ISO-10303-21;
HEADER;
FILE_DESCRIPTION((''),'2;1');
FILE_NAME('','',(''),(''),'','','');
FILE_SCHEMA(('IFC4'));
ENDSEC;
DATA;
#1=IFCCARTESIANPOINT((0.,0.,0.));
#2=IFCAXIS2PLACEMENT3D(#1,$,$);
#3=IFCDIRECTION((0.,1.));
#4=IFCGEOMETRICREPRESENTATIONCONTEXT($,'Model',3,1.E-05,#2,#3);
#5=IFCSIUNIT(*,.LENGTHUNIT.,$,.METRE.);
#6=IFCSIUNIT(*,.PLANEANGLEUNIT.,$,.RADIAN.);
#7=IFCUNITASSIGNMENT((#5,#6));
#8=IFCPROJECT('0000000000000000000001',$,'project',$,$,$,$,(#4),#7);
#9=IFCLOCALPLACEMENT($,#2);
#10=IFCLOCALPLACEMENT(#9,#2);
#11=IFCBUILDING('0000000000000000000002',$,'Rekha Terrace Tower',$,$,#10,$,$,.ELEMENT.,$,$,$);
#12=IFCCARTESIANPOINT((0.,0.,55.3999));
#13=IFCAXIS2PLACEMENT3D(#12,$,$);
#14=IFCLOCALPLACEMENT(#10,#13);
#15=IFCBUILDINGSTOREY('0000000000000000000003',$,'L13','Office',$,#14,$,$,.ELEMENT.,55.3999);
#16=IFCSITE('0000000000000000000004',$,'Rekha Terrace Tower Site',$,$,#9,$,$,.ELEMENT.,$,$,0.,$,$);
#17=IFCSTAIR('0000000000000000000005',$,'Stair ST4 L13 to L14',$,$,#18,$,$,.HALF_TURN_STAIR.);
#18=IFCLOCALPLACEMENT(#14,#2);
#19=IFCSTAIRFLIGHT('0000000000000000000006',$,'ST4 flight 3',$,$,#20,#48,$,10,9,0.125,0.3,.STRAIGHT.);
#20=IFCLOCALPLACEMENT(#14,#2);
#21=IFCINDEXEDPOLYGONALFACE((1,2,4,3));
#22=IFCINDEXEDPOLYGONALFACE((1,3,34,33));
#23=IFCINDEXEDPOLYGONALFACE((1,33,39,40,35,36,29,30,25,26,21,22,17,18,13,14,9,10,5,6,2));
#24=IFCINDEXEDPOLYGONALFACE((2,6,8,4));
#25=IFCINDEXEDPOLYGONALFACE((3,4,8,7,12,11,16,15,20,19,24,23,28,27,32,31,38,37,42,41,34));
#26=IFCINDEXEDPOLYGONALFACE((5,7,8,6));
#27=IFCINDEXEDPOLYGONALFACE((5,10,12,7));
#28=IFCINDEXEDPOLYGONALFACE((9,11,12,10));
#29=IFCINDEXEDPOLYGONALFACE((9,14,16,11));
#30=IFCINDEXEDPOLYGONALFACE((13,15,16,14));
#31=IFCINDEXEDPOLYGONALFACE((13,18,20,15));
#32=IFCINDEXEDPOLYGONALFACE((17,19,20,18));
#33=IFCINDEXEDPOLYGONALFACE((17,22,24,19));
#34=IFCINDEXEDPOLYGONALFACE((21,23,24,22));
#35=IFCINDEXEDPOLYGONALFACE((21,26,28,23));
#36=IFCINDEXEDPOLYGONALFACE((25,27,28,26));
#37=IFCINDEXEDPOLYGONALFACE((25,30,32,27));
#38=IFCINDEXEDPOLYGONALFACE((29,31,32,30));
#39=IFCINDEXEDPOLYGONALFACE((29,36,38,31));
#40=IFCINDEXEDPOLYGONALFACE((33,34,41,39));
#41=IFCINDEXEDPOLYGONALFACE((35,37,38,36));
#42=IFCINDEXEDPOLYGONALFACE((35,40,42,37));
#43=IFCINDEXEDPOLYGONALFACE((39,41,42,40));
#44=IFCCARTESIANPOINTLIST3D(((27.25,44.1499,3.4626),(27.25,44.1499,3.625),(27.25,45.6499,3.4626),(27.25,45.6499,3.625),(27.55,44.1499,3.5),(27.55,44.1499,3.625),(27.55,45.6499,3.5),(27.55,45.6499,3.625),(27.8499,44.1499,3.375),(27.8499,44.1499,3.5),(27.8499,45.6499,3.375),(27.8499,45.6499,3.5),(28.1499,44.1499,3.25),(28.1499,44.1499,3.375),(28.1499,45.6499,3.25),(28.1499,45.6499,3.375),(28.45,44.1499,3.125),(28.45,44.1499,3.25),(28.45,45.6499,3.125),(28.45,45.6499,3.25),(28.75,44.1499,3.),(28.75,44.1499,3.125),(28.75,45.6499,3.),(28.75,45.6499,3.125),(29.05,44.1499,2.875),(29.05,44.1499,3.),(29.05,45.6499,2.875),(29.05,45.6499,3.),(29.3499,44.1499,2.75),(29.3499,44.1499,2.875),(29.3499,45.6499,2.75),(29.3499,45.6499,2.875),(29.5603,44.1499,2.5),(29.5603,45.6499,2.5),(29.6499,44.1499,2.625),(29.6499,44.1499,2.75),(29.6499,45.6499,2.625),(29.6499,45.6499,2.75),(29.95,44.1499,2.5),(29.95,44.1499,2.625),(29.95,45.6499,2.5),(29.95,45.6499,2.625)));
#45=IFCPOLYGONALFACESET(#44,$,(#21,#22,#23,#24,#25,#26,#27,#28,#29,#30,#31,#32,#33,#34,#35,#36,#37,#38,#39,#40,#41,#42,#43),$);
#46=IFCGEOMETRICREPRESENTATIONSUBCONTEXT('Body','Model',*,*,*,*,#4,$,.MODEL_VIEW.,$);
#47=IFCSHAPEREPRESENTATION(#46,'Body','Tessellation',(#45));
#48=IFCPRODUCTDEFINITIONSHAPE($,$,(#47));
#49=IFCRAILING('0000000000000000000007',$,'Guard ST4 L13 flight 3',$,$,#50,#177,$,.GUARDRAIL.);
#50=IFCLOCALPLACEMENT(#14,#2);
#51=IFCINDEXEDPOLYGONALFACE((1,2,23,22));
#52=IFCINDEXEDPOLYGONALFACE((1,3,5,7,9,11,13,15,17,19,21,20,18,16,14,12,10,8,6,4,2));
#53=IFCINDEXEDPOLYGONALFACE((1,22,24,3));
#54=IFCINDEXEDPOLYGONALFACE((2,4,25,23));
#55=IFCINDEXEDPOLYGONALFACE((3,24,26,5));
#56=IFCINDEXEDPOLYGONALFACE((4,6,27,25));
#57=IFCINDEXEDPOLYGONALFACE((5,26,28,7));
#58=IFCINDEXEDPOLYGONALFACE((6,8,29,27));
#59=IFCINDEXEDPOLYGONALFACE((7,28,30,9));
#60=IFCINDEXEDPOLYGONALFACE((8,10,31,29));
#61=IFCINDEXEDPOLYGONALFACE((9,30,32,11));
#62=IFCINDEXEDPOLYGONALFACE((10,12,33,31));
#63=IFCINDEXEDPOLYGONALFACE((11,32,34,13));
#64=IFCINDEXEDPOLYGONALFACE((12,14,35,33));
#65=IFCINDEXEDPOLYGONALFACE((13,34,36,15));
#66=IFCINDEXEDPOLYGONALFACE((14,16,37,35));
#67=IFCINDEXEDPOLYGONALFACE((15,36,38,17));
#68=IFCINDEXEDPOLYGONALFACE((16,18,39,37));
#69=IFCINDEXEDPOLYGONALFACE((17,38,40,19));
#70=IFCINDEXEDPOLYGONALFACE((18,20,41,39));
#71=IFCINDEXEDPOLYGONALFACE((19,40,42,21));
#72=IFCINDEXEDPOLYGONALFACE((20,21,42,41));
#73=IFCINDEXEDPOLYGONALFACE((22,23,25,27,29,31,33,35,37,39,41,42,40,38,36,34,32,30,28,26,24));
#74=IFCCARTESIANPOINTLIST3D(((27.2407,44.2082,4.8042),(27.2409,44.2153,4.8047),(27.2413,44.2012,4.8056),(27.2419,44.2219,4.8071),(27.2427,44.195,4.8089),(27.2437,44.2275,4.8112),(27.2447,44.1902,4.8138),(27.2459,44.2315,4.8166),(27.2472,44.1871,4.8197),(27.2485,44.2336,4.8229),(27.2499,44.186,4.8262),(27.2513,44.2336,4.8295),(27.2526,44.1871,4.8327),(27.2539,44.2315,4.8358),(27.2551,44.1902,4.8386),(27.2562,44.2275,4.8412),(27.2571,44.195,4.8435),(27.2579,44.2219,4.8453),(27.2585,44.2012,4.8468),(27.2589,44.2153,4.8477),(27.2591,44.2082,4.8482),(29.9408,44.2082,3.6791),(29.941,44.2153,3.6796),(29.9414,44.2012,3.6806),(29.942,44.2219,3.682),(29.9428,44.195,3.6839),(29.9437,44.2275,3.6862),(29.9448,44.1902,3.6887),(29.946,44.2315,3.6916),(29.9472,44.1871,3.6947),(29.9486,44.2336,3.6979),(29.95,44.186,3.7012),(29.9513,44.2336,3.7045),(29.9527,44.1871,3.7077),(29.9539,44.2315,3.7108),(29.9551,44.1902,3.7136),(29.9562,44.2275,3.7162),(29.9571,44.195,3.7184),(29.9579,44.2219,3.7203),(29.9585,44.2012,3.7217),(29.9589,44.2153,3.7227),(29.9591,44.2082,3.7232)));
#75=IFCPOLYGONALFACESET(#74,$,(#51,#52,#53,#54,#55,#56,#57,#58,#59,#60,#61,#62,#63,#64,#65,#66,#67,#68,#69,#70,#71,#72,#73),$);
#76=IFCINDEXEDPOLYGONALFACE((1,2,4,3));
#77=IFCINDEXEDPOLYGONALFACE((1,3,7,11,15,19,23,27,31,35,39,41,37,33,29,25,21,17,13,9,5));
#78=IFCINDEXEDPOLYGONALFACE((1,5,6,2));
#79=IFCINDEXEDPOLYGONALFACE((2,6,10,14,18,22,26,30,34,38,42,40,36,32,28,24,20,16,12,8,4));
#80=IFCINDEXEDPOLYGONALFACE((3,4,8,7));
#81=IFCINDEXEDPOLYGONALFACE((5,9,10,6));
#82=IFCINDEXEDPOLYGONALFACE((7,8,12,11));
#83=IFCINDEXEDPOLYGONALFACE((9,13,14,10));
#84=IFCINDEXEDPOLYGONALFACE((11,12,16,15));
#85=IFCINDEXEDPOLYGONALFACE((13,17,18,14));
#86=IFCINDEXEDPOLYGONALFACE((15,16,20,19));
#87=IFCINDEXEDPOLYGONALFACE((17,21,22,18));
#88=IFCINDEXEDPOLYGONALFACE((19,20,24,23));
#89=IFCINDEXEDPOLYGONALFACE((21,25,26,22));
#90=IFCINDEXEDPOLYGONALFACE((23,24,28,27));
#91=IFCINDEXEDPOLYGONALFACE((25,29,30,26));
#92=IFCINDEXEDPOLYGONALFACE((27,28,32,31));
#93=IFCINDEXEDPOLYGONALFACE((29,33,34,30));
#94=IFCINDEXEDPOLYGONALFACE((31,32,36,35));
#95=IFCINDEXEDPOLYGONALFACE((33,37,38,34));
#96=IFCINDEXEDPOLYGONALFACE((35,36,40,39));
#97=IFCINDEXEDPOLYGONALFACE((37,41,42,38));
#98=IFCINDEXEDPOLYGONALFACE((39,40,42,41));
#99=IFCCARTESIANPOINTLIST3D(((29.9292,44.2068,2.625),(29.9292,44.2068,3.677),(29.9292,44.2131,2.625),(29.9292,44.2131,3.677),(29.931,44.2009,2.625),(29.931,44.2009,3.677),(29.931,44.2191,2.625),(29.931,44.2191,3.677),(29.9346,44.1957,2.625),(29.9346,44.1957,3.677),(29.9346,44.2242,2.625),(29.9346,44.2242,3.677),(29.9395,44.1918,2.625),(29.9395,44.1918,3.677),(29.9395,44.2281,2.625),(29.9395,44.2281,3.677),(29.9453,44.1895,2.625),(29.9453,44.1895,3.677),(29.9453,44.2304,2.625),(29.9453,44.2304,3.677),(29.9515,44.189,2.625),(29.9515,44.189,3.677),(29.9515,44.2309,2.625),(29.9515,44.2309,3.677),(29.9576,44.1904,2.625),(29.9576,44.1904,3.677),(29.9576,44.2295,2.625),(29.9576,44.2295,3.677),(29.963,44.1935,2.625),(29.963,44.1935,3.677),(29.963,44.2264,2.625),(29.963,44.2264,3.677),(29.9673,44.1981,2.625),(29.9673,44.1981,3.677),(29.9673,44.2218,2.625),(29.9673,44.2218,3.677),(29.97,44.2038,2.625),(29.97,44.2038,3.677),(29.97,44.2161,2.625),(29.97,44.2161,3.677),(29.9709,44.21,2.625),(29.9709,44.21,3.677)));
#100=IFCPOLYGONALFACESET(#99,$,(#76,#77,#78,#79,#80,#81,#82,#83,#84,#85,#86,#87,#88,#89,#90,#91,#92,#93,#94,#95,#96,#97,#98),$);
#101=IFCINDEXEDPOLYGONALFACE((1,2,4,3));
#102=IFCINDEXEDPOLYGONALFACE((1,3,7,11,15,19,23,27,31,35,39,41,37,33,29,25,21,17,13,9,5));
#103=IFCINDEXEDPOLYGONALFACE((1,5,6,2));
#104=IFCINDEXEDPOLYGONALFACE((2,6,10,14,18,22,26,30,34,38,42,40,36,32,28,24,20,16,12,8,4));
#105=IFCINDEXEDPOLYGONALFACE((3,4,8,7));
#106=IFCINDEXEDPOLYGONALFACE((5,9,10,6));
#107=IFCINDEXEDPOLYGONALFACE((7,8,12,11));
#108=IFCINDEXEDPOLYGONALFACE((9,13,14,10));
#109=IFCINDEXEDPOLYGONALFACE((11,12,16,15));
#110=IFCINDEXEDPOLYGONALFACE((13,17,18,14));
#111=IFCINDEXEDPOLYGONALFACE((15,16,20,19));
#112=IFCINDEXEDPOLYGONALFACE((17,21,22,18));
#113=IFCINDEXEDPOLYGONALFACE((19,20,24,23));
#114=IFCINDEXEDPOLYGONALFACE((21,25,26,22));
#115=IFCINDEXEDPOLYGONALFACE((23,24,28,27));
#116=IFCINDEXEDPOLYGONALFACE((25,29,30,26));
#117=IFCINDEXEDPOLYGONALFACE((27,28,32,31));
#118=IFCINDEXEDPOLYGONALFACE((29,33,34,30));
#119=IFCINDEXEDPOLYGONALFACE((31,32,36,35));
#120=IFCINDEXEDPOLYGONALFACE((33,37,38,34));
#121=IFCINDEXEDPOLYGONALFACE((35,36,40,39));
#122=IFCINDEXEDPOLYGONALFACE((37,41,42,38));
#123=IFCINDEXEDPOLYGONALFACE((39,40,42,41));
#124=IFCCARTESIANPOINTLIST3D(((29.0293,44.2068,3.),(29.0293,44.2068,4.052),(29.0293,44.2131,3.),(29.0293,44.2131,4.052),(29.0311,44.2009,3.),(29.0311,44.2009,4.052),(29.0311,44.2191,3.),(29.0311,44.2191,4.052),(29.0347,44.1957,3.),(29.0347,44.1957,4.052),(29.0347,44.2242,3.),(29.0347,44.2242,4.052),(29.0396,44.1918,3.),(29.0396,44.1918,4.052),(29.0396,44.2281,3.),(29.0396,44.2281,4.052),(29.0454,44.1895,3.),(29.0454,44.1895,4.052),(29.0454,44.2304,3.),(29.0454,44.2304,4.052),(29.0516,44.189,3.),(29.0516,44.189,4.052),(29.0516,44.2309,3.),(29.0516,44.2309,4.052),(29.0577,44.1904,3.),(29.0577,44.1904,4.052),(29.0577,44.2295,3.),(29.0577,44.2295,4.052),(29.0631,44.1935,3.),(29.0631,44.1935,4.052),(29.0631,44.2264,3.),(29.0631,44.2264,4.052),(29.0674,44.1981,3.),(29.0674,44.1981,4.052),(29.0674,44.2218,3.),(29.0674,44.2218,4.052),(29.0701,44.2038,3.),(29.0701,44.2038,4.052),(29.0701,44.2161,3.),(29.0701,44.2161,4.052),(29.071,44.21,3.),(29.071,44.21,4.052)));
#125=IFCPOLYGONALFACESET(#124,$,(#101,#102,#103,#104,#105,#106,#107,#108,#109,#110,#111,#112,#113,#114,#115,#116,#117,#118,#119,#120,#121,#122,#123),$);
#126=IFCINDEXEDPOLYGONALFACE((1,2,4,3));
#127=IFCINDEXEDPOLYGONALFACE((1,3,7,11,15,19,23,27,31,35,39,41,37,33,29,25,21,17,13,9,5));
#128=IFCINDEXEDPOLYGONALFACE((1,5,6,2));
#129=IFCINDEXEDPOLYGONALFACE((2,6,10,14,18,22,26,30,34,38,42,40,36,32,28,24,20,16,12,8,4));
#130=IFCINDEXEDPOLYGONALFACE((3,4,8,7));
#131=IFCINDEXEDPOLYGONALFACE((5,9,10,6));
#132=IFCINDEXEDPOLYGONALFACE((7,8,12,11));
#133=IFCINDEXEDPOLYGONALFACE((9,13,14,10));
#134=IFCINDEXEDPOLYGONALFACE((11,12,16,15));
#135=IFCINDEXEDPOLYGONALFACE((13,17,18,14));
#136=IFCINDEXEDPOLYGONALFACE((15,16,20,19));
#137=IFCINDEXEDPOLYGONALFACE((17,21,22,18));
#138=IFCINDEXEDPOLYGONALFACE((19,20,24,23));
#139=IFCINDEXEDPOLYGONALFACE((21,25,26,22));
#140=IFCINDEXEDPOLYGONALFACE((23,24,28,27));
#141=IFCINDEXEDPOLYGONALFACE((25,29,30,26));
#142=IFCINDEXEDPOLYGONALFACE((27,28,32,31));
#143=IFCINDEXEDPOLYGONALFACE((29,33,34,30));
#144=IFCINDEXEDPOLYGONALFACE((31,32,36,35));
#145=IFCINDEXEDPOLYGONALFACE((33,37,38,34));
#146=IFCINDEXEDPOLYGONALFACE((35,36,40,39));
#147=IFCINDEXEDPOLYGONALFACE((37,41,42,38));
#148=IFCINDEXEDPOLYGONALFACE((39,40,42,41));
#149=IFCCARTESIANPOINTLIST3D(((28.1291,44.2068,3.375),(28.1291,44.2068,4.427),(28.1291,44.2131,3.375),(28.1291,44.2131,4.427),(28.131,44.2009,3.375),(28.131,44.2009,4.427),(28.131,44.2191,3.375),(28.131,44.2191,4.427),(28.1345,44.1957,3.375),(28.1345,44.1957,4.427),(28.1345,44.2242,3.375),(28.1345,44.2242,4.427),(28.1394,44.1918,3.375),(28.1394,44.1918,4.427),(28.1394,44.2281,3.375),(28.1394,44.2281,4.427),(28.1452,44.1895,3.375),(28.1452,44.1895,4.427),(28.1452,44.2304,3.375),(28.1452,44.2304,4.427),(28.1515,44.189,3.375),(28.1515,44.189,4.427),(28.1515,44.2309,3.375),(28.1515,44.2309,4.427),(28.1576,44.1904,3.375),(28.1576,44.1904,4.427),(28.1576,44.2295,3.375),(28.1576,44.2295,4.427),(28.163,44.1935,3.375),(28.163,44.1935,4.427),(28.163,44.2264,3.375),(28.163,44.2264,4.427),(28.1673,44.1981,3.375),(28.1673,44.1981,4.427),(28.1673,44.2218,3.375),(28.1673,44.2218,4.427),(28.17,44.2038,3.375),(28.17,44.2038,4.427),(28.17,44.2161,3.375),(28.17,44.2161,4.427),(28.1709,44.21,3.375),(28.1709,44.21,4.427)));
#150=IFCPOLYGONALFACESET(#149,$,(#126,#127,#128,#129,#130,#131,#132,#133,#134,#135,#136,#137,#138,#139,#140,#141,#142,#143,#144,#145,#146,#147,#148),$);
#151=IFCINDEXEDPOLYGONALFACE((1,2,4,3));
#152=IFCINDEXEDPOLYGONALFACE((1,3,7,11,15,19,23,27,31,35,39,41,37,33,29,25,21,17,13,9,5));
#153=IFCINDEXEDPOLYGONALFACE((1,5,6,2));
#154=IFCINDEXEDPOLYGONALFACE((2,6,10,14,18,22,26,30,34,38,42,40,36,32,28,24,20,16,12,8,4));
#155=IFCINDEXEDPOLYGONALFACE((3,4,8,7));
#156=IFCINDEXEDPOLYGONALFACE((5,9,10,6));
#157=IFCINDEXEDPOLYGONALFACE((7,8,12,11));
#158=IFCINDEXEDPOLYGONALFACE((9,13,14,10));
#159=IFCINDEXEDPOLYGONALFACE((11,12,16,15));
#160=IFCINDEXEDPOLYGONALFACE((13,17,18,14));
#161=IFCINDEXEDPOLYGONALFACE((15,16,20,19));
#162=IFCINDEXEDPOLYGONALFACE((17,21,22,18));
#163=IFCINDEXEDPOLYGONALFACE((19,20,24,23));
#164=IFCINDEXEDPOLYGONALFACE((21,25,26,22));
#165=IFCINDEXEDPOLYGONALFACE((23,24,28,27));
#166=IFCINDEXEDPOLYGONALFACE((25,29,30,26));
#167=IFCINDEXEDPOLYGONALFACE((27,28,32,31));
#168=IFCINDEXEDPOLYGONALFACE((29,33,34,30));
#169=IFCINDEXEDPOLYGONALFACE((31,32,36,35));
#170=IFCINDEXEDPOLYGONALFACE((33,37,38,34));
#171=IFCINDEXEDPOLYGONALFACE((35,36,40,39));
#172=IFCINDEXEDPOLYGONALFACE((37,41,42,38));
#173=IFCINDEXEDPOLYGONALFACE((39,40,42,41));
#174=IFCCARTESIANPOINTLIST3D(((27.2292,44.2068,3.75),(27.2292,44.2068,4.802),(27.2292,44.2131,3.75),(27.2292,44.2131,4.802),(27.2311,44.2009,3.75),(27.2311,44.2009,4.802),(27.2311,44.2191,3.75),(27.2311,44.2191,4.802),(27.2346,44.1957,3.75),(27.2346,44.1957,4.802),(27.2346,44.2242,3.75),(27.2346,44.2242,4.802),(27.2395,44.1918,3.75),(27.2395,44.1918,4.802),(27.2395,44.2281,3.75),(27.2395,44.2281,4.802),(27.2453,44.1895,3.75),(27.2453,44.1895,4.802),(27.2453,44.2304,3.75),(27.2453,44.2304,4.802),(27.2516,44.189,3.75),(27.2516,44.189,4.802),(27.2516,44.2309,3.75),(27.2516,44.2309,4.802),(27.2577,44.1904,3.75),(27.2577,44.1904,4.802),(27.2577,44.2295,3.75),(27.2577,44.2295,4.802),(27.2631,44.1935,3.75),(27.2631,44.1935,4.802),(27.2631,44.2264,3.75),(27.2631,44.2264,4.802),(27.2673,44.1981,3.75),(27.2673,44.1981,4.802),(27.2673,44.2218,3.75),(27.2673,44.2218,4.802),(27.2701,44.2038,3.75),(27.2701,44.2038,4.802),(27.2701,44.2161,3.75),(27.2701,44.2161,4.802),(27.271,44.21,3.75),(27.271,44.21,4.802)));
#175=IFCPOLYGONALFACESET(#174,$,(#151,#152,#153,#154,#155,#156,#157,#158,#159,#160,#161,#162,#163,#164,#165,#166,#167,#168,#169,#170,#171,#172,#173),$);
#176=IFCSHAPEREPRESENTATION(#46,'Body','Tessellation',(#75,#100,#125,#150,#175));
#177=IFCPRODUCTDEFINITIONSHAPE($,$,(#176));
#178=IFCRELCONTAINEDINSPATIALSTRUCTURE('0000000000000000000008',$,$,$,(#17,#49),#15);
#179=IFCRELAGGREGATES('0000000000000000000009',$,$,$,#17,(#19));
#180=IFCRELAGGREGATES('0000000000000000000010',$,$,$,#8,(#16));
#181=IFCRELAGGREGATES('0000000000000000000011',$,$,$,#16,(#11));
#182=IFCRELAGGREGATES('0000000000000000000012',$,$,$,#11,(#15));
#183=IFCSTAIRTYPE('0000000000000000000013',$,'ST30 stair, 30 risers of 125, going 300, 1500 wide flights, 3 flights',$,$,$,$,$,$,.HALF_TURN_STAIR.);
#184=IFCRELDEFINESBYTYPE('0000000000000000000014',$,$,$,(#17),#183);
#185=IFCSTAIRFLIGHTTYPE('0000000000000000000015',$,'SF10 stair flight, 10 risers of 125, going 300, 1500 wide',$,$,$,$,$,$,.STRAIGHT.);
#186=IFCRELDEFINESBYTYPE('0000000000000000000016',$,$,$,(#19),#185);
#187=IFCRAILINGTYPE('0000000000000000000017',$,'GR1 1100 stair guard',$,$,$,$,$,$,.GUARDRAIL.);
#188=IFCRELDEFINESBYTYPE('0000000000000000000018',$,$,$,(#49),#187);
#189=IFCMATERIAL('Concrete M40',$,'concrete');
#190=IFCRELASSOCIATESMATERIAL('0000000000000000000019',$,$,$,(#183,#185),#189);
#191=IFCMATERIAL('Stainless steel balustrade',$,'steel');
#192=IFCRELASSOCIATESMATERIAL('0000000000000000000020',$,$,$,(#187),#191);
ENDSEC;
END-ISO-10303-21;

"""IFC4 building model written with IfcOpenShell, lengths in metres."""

from ifc_helpers import new_model, si_unit, direction, frame, origin, origin_2d, place, context, subcontext, project, spatial, polyline, circle, outline, extrude, material, type_object, element, aggregate, save


model = new_model("IFC4")

# Units and contexts
model_context = context("Model", 3, precision=1e-05, world=origin(), true_north=direction((0.0, 1.0)))
body_context = subcontext(model_context, "Body", "Model", "MODEL_VIEW")
ifc_project = project(units=[si_unit("LENGTHUNIT", "METRE"), si_unit("PLANEANGLEUNIT", "RADIAN")], contexts=[model_context])

# Site, building, storey
site_placement = place(None, origin())
site = spatial("IfcSite", under=ifc_project, at=site_placement, Name="Rekha Terrace Tower Site", CompositionType="ELEMENT", RefElevation=0.0)
building_placement = place(site_placement, origin())
building = spatial("IfcBuilding", under=site, at=building_placement, Name="Rekha Terrace Tower", CompositionType="ELEMENT")
storey_placement = place(building_placement, frame((0.0, 0.0, 55.3999)))
storey = spatial("IfcBuildingStorey", under=building, at=storey_placement, Name="L13", Description="Office", CompositionType="ELEMENT", Elevation=55.3999)

# Stair, stair flight
ifc_material_1 = material(Name="Concrete M40", Category="concrete")
stair_type = type_object("IfcStairType", Name="ST30 stair, 30 risers of 125, going 300, 1500 wide flights, 3 flights", PredefinedType="HALF_TURN_STAIR", material=ifc_material_1)
stair_placement = place(storey_placement, origin())
stair = element("IfcStair", 1, at=stair_placement, inside=storey, type_object=stair_type, Name="Stair ST4 L13 to L14", PredefinedType="HALF_TURN_STAIR")
stair_flight_type = type_object("IfcStairFlightType", Name="SF10 stair flight, 10 risers of 125, going 300, 1500 wide", PredefinedType="STRAIGHT", material=ifc_material_1)
stair_flight_placement = place(storey_placement, frame((29.95, 44.8999, 2.5), z_axis=(0.0, 0.0, 1.0), x_axis=(-1.0, 0.0, 0.0)))
stair_flight = element("IfcStairFlight", 2, at=stair_flight_placement, type_object=stair_flight_type, Name="ST4 flight 3", NumberOfRisers=10, NumberOfTreads=9, PredefinedType="STRAIGHT", RiserHeight=0.125, TreadLength=0.3, context=body_context, shape_type="SweptSolid", body=[
    extrude(outline(polyline([(0.0, 0.0), (0.0, 0.125), (0.3, 0.125), (0.3, 0.25), (0.6001, 0.25), (0.6001, 0.375), (0.8999, 0.375), (0.8999, 0.5), (1.2, 0.5), (1.2, 0.625), (1.5, 0.625), (1.5, 0.75), (1.8, 0.75), (1.8, 0.875), (2.1001, 0.875), (2.1001, 1.0), (2.3999, 1.0), (2.3999, 1.125), (2.7, 1.125), (2.7, 1.25), (2.7, 0.9626), (0.3896, 0.0), (0.0, 0.0)])), frame((0.0, 0.75, 0.0), z_axis=(0.0, -1.0, 0.0), x_axis=(1.0, 0.0, 0.0)), (0.0, 0.0, 1.0), 1.5),
])
aggregate(stair, [stair_flight])

# Railing
ifc_material_2 = material(Name="Stainless steel balustrade", Category="steel")
railing_type_1 = type_object("IfcRailingType", Name="GR1 1100 stair guard", PredefinedType="GUARDRAIL", material=ifc_material_2)
railing_1_placement = place(storey_placement, frame((29.95, 44.21, 2.625)))
element("IfcRailing", 3, at=railing_1_placement, inside=storey, type_object=railing_type_1, Name="Guard ST4 L13 flight 3", PredefinedType="GUARDRAIL", context=body_context, shape_type="SweptSolid", body=[
    extrude(circle(Radius=0.0239, at=origin_2d()), frame((0.0, 0.0, 1.0762), z_axis=(-0.923074, 0.0, 0.384621), x_axis=(0.0, -1.0, 0.0)), (0.0, 0.0, 1.0), 2.925),
    extrude(circle(Radius=0.021, at=origin_2d()), origin(), (0.0, 0.0, 1.0), 1.052),
    extrude(circle(Radius=0.021, at=origin_2d()), frame((-0.8999, 0.0, 0.375)), (0.0, 0.0, 1.0), 1.052),
    extrude(circle(Radius=0.021, at=origin_2d()), frame((-1.8, 0.0, 0.75)), (0.0, 0.0, 1.0), 1.052),
    extrude(circle(Radius=0.021, at=origin_2d()), frame((-2.7, 0.0, 1.125)), (0.0, 0.0, 1.0), 1.052),
])

save(model, "model.ifc")
